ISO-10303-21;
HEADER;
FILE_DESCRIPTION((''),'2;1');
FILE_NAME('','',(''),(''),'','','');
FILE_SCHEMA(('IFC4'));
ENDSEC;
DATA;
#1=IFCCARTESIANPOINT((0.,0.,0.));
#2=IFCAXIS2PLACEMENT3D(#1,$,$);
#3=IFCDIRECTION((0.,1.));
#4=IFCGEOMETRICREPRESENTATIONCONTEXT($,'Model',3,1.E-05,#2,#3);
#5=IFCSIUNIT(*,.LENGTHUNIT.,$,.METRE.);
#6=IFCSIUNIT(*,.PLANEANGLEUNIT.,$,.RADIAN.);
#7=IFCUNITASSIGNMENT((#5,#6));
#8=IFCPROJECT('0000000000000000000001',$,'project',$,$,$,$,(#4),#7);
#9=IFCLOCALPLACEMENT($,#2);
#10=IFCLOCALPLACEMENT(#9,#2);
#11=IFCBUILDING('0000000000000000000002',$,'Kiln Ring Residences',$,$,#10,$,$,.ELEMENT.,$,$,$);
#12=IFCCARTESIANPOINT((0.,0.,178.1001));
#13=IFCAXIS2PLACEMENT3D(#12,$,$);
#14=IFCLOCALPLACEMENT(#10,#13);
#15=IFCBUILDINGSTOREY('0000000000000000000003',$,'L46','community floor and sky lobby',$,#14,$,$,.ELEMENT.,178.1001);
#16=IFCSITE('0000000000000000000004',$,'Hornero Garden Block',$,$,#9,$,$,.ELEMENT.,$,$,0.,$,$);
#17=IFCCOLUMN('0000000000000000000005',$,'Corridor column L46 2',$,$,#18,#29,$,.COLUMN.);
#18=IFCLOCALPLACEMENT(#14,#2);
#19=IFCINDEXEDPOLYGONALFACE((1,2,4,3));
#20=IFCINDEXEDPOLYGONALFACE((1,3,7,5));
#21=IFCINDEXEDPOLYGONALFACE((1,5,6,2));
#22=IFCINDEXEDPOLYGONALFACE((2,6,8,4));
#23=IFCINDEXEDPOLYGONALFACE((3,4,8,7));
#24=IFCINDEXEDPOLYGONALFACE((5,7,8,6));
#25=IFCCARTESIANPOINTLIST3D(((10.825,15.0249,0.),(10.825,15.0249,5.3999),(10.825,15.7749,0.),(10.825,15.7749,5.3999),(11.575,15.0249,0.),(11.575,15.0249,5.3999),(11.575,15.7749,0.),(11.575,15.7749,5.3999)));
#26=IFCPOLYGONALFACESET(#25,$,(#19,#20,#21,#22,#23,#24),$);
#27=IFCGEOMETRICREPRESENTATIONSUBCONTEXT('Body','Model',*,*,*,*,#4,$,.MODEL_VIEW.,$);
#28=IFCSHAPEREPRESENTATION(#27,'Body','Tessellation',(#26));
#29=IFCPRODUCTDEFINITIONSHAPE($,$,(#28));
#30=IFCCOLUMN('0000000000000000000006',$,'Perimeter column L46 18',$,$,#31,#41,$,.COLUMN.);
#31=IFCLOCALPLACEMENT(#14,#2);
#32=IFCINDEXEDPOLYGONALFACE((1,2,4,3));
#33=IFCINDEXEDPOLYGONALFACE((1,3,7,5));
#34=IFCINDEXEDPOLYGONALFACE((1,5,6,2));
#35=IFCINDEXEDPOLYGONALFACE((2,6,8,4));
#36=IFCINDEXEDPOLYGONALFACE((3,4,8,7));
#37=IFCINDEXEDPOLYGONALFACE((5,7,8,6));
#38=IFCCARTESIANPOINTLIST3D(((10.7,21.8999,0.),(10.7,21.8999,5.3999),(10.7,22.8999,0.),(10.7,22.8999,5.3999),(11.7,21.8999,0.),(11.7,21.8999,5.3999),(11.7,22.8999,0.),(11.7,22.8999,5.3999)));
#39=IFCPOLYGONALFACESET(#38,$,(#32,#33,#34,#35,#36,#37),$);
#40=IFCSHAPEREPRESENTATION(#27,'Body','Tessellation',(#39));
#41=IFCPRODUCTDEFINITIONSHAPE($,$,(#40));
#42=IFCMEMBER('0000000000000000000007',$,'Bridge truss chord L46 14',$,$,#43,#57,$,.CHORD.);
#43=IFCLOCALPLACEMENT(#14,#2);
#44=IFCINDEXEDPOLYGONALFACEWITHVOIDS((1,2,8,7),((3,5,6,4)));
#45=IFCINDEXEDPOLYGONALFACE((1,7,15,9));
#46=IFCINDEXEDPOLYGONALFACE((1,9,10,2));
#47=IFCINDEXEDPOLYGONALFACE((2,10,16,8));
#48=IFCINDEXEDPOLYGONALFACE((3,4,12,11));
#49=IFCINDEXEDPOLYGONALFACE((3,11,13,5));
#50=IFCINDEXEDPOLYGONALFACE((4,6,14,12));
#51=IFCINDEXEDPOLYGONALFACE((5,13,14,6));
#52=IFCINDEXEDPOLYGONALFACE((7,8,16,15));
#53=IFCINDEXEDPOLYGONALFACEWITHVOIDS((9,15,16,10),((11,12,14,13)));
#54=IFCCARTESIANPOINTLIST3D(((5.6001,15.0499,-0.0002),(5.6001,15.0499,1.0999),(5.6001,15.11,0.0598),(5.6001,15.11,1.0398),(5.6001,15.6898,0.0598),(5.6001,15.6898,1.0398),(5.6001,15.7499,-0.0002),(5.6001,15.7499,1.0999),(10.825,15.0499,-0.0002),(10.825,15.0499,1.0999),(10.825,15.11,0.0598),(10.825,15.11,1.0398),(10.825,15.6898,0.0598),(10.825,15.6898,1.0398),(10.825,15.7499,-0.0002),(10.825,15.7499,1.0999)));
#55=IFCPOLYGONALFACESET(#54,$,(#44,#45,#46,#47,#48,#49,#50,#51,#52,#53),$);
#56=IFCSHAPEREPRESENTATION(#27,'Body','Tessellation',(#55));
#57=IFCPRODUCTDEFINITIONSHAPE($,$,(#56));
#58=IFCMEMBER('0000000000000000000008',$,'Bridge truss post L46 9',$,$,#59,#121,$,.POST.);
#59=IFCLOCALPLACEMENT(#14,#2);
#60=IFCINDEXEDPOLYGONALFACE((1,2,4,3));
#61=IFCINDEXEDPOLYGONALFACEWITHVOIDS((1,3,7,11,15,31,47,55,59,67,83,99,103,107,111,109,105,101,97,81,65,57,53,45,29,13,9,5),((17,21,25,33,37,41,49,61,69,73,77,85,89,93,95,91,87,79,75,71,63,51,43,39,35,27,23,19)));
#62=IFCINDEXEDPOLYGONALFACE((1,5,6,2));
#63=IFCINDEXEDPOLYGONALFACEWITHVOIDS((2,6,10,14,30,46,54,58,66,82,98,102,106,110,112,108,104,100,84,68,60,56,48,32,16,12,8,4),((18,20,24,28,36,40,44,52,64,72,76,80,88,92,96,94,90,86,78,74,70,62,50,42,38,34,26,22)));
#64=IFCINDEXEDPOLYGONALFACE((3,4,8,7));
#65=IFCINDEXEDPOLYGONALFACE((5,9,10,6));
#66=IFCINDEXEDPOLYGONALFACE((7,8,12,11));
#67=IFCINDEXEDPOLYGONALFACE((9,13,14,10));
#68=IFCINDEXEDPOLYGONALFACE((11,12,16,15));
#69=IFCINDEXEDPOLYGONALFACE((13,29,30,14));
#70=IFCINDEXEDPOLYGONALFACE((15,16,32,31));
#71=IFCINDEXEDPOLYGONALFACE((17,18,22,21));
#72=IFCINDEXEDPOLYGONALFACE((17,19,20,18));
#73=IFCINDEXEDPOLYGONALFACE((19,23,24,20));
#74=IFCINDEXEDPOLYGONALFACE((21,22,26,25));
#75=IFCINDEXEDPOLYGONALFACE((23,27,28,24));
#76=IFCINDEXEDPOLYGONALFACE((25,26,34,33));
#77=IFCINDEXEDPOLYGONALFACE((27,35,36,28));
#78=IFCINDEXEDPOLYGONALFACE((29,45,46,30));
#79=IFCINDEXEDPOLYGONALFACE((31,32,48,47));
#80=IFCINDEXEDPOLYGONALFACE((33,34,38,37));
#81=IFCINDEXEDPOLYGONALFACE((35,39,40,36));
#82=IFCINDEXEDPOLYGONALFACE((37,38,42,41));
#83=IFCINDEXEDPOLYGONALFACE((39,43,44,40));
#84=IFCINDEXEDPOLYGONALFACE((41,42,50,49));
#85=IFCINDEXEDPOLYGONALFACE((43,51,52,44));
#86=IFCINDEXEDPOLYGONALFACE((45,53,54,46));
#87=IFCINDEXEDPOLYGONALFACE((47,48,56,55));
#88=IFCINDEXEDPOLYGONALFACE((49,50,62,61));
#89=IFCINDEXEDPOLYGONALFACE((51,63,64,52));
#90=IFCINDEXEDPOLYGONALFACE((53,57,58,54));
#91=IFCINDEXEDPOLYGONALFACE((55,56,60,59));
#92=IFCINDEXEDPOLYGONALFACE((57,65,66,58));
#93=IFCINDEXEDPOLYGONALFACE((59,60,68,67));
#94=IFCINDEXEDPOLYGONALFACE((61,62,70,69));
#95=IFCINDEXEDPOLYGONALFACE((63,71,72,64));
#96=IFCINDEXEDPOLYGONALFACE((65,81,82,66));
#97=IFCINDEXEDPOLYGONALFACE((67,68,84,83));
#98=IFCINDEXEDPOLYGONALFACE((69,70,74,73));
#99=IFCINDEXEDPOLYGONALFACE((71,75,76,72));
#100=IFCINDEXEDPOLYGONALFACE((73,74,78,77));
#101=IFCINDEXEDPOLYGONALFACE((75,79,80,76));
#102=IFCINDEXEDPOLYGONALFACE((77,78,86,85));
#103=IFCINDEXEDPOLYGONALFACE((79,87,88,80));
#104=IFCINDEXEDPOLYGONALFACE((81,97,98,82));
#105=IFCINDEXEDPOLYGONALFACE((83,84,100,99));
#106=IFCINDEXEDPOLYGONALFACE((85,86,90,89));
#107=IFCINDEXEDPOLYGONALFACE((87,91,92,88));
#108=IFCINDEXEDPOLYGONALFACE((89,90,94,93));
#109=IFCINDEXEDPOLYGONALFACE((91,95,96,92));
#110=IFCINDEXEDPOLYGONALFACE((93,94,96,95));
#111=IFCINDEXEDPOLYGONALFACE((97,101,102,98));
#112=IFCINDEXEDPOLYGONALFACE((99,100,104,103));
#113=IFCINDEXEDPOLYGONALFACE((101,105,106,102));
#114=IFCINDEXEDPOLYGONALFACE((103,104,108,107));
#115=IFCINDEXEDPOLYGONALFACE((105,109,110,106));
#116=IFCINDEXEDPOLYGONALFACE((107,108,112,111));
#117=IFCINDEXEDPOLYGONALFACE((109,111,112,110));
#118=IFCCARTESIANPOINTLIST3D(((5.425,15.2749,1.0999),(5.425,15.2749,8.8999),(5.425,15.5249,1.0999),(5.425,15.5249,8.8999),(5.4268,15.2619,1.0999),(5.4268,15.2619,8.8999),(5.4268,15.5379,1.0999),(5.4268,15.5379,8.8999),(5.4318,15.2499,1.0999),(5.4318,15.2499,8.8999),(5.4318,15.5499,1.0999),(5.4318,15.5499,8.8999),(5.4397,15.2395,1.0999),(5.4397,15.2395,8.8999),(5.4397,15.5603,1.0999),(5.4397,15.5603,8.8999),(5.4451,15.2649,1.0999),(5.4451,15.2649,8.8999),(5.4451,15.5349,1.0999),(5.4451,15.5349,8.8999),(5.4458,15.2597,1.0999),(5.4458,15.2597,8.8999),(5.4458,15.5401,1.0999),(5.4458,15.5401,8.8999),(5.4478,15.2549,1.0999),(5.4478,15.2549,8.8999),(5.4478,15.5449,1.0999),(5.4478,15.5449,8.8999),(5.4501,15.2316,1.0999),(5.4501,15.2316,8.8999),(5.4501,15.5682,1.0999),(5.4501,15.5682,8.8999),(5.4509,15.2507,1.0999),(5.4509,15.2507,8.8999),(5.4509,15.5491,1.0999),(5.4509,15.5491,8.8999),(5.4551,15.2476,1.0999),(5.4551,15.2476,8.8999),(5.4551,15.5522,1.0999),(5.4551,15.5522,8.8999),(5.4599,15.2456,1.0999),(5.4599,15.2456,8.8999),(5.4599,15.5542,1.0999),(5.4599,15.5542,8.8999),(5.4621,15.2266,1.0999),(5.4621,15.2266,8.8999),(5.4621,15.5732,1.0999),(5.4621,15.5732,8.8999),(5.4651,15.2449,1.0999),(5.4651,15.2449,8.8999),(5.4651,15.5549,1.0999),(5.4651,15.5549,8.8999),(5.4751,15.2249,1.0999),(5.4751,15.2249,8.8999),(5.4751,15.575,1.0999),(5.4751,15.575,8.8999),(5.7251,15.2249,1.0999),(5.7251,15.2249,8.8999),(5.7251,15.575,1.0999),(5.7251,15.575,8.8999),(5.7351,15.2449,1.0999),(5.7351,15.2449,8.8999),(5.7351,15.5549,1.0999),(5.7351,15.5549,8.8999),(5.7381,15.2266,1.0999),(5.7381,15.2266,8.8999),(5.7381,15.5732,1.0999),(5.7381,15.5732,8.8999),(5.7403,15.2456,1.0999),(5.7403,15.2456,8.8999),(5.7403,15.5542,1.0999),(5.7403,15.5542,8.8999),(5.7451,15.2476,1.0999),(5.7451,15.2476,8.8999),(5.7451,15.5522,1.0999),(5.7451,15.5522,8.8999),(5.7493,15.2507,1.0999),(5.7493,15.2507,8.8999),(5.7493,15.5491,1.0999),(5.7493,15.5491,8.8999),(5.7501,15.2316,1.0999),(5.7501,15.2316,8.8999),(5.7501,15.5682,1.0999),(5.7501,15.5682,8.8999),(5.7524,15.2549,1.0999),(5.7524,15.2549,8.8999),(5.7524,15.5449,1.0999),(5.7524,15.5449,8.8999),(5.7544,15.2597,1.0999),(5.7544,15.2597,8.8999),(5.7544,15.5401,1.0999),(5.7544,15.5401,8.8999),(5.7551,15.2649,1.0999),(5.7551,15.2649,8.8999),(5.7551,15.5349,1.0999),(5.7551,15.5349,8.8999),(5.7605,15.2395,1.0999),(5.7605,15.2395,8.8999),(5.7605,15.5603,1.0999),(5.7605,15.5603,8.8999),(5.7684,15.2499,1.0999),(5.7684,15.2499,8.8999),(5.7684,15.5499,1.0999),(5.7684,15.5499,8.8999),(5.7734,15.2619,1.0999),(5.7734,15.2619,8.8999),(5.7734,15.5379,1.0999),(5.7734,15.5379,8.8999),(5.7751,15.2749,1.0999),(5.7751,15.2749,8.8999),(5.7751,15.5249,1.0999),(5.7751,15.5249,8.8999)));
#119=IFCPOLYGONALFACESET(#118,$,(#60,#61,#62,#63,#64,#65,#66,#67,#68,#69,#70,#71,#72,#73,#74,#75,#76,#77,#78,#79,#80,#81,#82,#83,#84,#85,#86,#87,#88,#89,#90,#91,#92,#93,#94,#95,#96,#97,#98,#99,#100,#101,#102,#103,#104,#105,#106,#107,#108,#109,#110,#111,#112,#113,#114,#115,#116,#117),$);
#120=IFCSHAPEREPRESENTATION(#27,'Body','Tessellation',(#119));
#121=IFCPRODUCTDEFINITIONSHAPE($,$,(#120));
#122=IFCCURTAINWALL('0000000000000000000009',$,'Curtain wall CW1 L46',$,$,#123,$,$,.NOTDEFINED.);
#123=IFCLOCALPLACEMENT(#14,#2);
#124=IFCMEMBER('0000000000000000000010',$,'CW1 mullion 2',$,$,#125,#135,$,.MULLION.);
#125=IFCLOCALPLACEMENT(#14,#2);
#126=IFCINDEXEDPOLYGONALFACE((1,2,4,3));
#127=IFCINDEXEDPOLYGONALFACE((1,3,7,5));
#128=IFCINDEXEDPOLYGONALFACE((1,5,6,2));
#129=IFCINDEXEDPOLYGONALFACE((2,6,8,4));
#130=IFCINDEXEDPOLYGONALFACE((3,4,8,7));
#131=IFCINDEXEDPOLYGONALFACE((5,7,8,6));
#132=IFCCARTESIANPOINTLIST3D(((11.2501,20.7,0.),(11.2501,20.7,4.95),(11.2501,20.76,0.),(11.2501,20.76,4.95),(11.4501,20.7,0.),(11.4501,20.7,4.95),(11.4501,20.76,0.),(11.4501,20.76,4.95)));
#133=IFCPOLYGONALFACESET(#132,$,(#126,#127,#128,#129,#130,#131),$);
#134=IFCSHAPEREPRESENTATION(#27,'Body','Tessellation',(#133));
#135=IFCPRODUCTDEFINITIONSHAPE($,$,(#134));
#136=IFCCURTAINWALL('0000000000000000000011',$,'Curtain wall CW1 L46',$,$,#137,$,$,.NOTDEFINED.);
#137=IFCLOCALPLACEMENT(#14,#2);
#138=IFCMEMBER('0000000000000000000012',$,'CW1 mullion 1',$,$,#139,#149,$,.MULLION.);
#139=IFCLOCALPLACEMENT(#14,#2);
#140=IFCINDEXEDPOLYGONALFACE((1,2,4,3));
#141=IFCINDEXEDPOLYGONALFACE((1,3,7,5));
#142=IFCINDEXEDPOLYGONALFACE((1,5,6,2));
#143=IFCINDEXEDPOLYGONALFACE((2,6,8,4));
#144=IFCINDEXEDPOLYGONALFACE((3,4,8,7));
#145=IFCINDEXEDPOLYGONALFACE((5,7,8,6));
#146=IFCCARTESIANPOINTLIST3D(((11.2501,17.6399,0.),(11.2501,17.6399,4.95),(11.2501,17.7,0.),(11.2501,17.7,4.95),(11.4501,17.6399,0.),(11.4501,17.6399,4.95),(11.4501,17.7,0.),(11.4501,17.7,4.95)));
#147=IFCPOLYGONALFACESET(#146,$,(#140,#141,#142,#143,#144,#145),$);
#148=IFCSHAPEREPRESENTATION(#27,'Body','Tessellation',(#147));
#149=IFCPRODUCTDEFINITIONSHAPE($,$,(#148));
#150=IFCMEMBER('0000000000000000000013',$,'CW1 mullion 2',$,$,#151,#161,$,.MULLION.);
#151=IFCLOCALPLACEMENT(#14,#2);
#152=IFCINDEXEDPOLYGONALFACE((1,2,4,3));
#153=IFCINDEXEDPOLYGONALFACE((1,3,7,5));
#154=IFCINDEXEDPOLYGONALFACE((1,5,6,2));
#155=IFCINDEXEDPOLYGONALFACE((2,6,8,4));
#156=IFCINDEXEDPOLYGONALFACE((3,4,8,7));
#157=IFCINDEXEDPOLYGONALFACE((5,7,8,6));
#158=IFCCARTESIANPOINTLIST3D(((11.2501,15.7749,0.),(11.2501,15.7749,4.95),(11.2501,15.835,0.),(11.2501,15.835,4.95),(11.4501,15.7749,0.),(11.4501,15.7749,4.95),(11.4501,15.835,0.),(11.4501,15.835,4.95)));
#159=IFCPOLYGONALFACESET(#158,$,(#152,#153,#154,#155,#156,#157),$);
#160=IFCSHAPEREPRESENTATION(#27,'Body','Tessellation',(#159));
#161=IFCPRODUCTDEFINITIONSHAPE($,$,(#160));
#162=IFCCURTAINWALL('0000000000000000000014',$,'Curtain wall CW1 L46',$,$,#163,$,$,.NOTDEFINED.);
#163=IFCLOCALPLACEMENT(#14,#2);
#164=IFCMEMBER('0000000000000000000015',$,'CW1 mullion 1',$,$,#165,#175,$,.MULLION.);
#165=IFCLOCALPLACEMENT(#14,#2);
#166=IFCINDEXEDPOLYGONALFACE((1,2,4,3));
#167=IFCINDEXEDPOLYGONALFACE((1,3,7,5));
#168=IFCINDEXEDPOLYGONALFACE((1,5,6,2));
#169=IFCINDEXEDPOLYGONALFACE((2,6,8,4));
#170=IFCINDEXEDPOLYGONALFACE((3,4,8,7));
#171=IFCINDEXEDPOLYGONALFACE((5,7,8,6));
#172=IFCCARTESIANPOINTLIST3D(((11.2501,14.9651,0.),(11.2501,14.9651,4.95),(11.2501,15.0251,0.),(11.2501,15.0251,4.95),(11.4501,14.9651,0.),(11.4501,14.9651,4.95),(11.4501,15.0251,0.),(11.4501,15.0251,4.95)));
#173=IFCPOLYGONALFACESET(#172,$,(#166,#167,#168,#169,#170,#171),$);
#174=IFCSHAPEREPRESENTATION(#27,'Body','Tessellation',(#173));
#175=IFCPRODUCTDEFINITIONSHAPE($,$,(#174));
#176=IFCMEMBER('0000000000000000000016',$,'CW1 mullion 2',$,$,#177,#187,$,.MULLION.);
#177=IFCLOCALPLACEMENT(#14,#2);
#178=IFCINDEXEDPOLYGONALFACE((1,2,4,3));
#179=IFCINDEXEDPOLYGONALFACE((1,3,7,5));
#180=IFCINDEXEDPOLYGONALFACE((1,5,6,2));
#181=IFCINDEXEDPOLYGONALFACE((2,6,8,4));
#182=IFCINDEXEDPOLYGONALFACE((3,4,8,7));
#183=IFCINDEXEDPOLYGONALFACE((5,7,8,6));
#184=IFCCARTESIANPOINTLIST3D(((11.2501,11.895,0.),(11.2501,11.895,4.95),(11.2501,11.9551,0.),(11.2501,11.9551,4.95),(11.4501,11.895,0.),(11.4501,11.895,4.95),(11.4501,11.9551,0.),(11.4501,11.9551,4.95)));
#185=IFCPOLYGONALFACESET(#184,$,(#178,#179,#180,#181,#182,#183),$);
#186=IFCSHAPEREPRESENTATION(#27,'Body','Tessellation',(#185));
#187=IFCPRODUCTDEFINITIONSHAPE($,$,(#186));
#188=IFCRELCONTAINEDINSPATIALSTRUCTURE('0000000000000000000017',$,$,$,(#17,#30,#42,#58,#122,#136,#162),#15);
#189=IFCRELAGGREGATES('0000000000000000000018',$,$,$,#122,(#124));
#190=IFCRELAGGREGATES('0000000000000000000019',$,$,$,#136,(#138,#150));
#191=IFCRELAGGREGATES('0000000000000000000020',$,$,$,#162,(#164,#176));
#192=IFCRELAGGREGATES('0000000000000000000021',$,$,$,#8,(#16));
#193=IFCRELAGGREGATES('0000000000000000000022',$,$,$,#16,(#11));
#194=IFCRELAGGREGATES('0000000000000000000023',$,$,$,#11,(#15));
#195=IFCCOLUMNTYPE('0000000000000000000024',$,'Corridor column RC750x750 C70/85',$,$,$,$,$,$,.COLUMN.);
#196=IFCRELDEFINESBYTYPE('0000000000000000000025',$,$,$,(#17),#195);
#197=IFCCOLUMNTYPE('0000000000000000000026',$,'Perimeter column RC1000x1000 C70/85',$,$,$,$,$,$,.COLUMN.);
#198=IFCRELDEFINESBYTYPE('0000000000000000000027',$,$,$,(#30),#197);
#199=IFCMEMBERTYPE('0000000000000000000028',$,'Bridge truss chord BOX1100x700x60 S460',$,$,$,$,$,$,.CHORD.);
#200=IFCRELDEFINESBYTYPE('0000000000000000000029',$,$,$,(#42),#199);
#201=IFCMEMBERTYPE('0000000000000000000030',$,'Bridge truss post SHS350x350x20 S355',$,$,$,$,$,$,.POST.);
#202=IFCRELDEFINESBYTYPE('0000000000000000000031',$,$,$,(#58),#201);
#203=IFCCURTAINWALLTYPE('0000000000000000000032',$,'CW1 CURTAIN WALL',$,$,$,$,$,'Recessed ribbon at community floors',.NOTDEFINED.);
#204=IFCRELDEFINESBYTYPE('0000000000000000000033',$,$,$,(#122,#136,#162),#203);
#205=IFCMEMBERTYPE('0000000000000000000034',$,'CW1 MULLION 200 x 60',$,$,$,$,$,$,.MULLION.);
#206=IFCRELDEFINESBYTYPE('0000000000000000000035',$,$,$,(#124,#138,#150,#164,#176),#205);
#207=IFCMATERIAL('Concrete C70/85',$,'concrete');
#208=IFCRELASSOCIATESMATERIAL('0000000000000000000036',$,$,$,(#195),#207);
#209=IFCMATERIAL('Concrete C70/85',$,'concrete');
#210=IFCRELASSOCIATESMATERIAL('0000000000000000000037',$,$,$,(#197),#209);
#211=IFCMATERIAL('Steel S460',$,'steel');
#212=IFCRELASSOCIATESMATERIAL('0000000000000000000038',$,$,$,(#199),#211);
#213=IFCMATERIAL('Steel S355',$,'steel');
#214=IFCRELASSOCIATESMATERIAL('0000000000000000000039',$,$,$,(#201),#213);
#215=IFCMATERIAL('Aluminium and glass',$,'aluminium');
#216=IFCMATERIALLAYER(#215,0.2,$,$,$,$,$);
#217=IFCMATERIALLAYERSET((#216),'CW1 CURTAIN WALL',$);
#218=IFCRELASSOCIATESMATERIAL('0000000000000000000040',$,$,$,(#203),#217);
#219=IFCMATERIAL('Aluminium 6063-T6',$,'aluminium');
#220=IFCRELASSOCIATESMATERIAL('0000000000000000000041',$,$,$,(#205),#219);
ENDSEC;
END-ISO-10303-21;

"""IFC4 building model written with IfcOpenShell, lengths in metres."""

from ifc_helpers import new_model, si_unit, direction, frame, origin, origin_2d, place, context, subcontext, project, spatial, rectangle, hollow_rectangle, extrude, material, layer, layer_set, material_profile, profile_set, type_object, element, aggregate, save


model = new_model("IFC4")

# Units and contexts
model_context = context("Model", 3, precision=1e-05, world=origin(), true_north=direction((0.0, 1.0)))
body_context = subcontext(model_context, "Body", "Model", "MODEL_VIEW")
ifc_project = project(units=[si_unit("LENGTHUNIT", "METRE"), si_unit("PLANEANGLEUNIT", "RADIAN")], contexts=[model_context])

# Site, building, storey
site_placement = place(None, origin())
site = spatial("IfcSite", under=ifc_project, at=site_placement, Name="Hornero Garden Block", CompositionType="ELEMENT", RefElevation=0.0)
building_placement = place(site_placement, origin())
building = spatial("IfcBuilding", under=site, at=building_placement, Name="Kiln Ring Residences", CompositionType="ELEMENT")
storey_placement = place(building_placement, frame((0.0, 0.0, 178.1001)))
storey = spatial("IfcBuildingStorey", under=building, at=storey_placement, Name="L46", Description="community floor and sky lobby", CompositionType="ELEMENT", Elevation=178.1001)

# Columns
ifc_material_1 = material(Name="Concrete C70/85", Category="concrete")
ifc_material_profile_1 = material_profile(ifc_material_1, rectangle(XDim=0.75, YDim=0.75, at=origin_2d()), Name="RC750x750")
ifc_profile_set_1 = profile_set([ifc_material_profile_1], Name="Concrete C70/85")
column_type_1 = type_object("IfcColumnType", Name="Corridor column RC750x750 C70/85", PredefinedType="COLUMN", material=ifc_profile_set_1)
column_1_placement = place(storey_placement, frame((11.2, 15.3999, 0.0), z_axis=(0.0, 0.0, 1.0), x_axis=(1.0, 0.0, 0.0)))
element("IfcColumn", 1, at=column_1_placement, inside=storey, type_object=column_type_1, Name="Corridor column L46 2", PredefinedType="COLUMN", context=body_context, shape_type="SweptSolid", body=[
    extrude(rectangle(XDim=0.75, YDim=0.75, at=origin_2d()), origin(), (0.0, 0.0, 1.0), 5.3999),
])
ifc_material_2 = material(Name="Concrete C70/85", Category="concrete")
ifc_material_profile_2 = material_profile(ifc_material_2, rectangle(XDim=1.0, YDim=1.0, at=origin_2d()), Name="RC1000x1000")
ifc_profile_set_2 = profile_set([ifc_material_profile_2], Name="Concrete C70/85")
column_type_2 = type_object("IfcColumnType", Name="Perimeter column RC1000x1000 C70/85", PredefinedType="COLUMN", material=ifc_profile_set_2)
column_2_placement = place(storey_placement, frame((11.2, 22.3999, 0.0), z_axis=(0.0, 0.0, 1.0), x_axis=(1.0, 0.0, 0.0)))
element("IfcColumn", 2, at=column_2_placement, inside=storey, type_object=column_type_2, Name="Perimeter column L46 18", PredefinedType="COLUMN", context=body_context, shape_type="SweptSolid", body=[
    extrude(rectangle(XDim=1.0, YDim=1.0, at=origin_2d()), origin(), (0.0, 0.0, 1.0), 5.3999),
])

# Members
ifc_material_3 = material(Name="Steel S460", Category="steel")
ifc_material_profile_3 = material_profile(ifc_material_3, hollow_rectangle(XDim=0.7, YDim=1.1001, WallThickness=0.0601, at=origin_2d()), Name="BOX1100x700x60")
ifc_profile_set_3 = profile_set([ifc_material_profile_3], Name="Steel S460")
member_type_1 = type_object("IfcMemberType", Name="Bridge truss chord BOX1100x700x60 S460", PredefinedType="CHORD", material=ifc_profile_set_3)
member_1_placement = place(storey_placement, frame((5.6001, 15.3999, 0.5498), z_axis=(1.0, 0.0, 0.0), x_axis=(0.0, 1.0, 0.0)))
element("IfcMember", 3, at=member_1_placement, inside=storey, type_object=member_type_1, Name="Bridge truss chord L46 14", PredefinedType="CHORD", context=body_context, shape_type="SweptSolid", body=[
    extrude(hollow_rectangle(XDim=0.7, YDim=1.1001, WallThickness=0.0601, at=origin_2d()), origin(), (0.0, 0.0, 1.0), 5.2249),
])
ifc_material_4 = material(Name="Steel S355", Category="steel")
ifc_material_profile_4 = material_profile(ifc_material_4, hollow_rectangle(XDim=0.3501, YDim=0.3501, WallThickness=0.02, InnerFilletRadius=0.02, OuterFilletRadius=0.05, at=origin_2d()), Name="SHS350x350x20")
ifc_profile_set_4 = profile_set([ifc_material_profile_4], Name="Steel S355")
member_type_2 = type_object("IfcMemberType", Name="Bridge truss post SHS350x350x20 S355", PredefinedType="POST", material=ifc_profile_set_4)
member_2_placement = place(storey_placement, frame((5.6001, 15.3999, 1.0999), z_axis=(0.0, 0.0, 1.0), x_axis=(1.0, 0.0, 0.0)))
element("IfcMember", 4, at=member_2_placement, inside=storey, type_object=member_type_2, Name="Bridge truss post L46 9", PredefinedType="POST", context=body_context, shape_type="SweptSolid", body=[
    extrude(hollow_rectangle(XDim=0.3501, YDim=0.3501, WallThickness=0.02, InnerFilletRadius=0.02, OuterFilletRadius=0.05, at=origin_2d()), origin(), (0.0, 0.0, 1.0), 7.8),
])

# Curtain wall, member
ifc_material_5 = material(Name="Aluminium and glass", Category="aluminium")
ifc_layer_1 = layer(ifc_material_5, 0.2)
ifc_layer_set_1 = layer_set([ifc_layer_1], Name="CW1 CURTAIN WALL")
curtain_wall_type = type_object("IfcCurtainWallType", Name="CW1 CURTAIN WALL", ElementType="Recessed ribbon at community floors", PredefinedType="NOTDEFINED", material=ifc_layer_set_1)
placement = place(storey_placement, origin())
curtain_wall_1 = element("IfcCurtainWall", 5, at=placement, inside=storey, type_object=curtain_wall_type, Name="Curtain wall CW1 L46", PredefinedType="NOTDEFINED")
ifc_material_6 = material(Name="Aluminium 6063-T6", Category="aluminium")
ifc_material_profile_5 = material_profile(ifc_material_6, rectangle(XDim=0.2, YDim=0.0601, at=origin_2d()), Name="AL 200x60")
ifc_profile_set_5 = profile_set([ifc_material_profile_5], Name="Aluminium 6063-T6")
member_type_3 = type_object("IfcMemberType", Name="CW1 MULLION 200 x 60", PredefinedType="MULLION", material=ifc_profile_set_5)
member_3_placement = place(storey_placement, frame((11.3501, 20.73, 0.0), z_axis=(0.0, 0.0, 1.0), x_axis=(1.0, 0.0, 0.0)))
member_3 = element("IfcMember", 6, at=member_3_placement, type_object=member_type_3, Name="CW1 mullion 2", PredefinedType="MULLION", context=body_context, shape_type="SweptSolid", body=[
    extrude(rectangle(XDim=0.2, YDim=0.0601, at=origin_2d()), origin(), (0.0, 0.0, 1.0), 4.95),
])

# Curtain walls, members
curtain_wall_2 = element("IfcCurtainWall", 7, at=placement, inside=storey, type_object=curtain_wall_type, Name="Curtain wall CW1 L46", PredefinedType="NOTDEFINED")
member_4_placement = place(storey_placement, frame((11.3501, 17.6699, 0.0), z_axis=(0.0, 0.0, 1.0), x_axis=(1.0, 0.0, 0.0)))
member_4 = element("IfcMember", 8, at=member_4_placement, type_object=member_type_3, Name="CW1 mullion 1", PredefinedType="MULLION", context=body_context, shape_type="SweptSolid", body=[
    extrude(rectangle(XDim=0.2, YDim=0.0601, at=origin_2d()), origin(), (0.0, 0.0, 1.0), 4.95),
])
member_5_placement = place(storey_placement, frame((11.3501, 15.8049, 0.0), z_axis=(0.0, 0.0, 1.0), x_axis=(1.0, 0.0, 0.0)))
member_5 = element("IfcMember", 9, at=member_5_placement, type_object=member_type_3, Name="CW1 mullion 2", PredefinedType="MULLION", context=body_context, shape_type="SweptSolid", body=[
    extrude(rectangle(XDim=0.2, YDim=0.0601, at=origin_2d()), origin(), (0.0, 0.0, 1.0), 4.95),
])
curtain_wall_3 = element("IfcCurtainWall", 10, at=placement, inside=storey, type_object=curtain_wall_type, Name="Curtain wall CW1 L46", PredefinedType="NOTDEFINED")
member_6_placement = place(storey_placement, frame((11.3501, 14.9951, 0.0), z_axis=(0.0, 0.0, 1.0), x_axis=(1.0, 0.0, 0.0)))
member_6 = element("IfcMember", 11, at=member_6_placement, type_object=member_type_3, Name="CW1 mullion 1", PredefinedType="MULLION", context=body_context, shape_type="SweptSolid", body=[
    extrude(rectangle(XDim=0.2, YDim=0.0601, at=origin_2d()), origin(), (0.0, 0.0, 1.0), 4.95),
])
member_7_placement = place(storey_placement, frame((11.3501, 11.925, 0.0), z_axis=(0.0, 0.0, 1.0), x_axis=(1.0, 0.0, 0.0)))
member_7 = element("IfcMember", 12, at=member_7_placement, type_object=member_type_3, Name="CW1 mullion 2", PredefinedType="MULLION", context=body_context, shape_type="SweptSolid", body=[
    extrude(rectangle(XDim=0.2, YDim=0.0601, at=origin_2d()), origin(), (0.0, 0.0, 1.0), 4.95),
])

aggregate(curtain_wall_1, [member_3])
aggregate(curtain_wall_2, [member_4, member_5])
aggregate(curtain_wall_3, [member_6, member_7])

save(model, "model.ifc")
